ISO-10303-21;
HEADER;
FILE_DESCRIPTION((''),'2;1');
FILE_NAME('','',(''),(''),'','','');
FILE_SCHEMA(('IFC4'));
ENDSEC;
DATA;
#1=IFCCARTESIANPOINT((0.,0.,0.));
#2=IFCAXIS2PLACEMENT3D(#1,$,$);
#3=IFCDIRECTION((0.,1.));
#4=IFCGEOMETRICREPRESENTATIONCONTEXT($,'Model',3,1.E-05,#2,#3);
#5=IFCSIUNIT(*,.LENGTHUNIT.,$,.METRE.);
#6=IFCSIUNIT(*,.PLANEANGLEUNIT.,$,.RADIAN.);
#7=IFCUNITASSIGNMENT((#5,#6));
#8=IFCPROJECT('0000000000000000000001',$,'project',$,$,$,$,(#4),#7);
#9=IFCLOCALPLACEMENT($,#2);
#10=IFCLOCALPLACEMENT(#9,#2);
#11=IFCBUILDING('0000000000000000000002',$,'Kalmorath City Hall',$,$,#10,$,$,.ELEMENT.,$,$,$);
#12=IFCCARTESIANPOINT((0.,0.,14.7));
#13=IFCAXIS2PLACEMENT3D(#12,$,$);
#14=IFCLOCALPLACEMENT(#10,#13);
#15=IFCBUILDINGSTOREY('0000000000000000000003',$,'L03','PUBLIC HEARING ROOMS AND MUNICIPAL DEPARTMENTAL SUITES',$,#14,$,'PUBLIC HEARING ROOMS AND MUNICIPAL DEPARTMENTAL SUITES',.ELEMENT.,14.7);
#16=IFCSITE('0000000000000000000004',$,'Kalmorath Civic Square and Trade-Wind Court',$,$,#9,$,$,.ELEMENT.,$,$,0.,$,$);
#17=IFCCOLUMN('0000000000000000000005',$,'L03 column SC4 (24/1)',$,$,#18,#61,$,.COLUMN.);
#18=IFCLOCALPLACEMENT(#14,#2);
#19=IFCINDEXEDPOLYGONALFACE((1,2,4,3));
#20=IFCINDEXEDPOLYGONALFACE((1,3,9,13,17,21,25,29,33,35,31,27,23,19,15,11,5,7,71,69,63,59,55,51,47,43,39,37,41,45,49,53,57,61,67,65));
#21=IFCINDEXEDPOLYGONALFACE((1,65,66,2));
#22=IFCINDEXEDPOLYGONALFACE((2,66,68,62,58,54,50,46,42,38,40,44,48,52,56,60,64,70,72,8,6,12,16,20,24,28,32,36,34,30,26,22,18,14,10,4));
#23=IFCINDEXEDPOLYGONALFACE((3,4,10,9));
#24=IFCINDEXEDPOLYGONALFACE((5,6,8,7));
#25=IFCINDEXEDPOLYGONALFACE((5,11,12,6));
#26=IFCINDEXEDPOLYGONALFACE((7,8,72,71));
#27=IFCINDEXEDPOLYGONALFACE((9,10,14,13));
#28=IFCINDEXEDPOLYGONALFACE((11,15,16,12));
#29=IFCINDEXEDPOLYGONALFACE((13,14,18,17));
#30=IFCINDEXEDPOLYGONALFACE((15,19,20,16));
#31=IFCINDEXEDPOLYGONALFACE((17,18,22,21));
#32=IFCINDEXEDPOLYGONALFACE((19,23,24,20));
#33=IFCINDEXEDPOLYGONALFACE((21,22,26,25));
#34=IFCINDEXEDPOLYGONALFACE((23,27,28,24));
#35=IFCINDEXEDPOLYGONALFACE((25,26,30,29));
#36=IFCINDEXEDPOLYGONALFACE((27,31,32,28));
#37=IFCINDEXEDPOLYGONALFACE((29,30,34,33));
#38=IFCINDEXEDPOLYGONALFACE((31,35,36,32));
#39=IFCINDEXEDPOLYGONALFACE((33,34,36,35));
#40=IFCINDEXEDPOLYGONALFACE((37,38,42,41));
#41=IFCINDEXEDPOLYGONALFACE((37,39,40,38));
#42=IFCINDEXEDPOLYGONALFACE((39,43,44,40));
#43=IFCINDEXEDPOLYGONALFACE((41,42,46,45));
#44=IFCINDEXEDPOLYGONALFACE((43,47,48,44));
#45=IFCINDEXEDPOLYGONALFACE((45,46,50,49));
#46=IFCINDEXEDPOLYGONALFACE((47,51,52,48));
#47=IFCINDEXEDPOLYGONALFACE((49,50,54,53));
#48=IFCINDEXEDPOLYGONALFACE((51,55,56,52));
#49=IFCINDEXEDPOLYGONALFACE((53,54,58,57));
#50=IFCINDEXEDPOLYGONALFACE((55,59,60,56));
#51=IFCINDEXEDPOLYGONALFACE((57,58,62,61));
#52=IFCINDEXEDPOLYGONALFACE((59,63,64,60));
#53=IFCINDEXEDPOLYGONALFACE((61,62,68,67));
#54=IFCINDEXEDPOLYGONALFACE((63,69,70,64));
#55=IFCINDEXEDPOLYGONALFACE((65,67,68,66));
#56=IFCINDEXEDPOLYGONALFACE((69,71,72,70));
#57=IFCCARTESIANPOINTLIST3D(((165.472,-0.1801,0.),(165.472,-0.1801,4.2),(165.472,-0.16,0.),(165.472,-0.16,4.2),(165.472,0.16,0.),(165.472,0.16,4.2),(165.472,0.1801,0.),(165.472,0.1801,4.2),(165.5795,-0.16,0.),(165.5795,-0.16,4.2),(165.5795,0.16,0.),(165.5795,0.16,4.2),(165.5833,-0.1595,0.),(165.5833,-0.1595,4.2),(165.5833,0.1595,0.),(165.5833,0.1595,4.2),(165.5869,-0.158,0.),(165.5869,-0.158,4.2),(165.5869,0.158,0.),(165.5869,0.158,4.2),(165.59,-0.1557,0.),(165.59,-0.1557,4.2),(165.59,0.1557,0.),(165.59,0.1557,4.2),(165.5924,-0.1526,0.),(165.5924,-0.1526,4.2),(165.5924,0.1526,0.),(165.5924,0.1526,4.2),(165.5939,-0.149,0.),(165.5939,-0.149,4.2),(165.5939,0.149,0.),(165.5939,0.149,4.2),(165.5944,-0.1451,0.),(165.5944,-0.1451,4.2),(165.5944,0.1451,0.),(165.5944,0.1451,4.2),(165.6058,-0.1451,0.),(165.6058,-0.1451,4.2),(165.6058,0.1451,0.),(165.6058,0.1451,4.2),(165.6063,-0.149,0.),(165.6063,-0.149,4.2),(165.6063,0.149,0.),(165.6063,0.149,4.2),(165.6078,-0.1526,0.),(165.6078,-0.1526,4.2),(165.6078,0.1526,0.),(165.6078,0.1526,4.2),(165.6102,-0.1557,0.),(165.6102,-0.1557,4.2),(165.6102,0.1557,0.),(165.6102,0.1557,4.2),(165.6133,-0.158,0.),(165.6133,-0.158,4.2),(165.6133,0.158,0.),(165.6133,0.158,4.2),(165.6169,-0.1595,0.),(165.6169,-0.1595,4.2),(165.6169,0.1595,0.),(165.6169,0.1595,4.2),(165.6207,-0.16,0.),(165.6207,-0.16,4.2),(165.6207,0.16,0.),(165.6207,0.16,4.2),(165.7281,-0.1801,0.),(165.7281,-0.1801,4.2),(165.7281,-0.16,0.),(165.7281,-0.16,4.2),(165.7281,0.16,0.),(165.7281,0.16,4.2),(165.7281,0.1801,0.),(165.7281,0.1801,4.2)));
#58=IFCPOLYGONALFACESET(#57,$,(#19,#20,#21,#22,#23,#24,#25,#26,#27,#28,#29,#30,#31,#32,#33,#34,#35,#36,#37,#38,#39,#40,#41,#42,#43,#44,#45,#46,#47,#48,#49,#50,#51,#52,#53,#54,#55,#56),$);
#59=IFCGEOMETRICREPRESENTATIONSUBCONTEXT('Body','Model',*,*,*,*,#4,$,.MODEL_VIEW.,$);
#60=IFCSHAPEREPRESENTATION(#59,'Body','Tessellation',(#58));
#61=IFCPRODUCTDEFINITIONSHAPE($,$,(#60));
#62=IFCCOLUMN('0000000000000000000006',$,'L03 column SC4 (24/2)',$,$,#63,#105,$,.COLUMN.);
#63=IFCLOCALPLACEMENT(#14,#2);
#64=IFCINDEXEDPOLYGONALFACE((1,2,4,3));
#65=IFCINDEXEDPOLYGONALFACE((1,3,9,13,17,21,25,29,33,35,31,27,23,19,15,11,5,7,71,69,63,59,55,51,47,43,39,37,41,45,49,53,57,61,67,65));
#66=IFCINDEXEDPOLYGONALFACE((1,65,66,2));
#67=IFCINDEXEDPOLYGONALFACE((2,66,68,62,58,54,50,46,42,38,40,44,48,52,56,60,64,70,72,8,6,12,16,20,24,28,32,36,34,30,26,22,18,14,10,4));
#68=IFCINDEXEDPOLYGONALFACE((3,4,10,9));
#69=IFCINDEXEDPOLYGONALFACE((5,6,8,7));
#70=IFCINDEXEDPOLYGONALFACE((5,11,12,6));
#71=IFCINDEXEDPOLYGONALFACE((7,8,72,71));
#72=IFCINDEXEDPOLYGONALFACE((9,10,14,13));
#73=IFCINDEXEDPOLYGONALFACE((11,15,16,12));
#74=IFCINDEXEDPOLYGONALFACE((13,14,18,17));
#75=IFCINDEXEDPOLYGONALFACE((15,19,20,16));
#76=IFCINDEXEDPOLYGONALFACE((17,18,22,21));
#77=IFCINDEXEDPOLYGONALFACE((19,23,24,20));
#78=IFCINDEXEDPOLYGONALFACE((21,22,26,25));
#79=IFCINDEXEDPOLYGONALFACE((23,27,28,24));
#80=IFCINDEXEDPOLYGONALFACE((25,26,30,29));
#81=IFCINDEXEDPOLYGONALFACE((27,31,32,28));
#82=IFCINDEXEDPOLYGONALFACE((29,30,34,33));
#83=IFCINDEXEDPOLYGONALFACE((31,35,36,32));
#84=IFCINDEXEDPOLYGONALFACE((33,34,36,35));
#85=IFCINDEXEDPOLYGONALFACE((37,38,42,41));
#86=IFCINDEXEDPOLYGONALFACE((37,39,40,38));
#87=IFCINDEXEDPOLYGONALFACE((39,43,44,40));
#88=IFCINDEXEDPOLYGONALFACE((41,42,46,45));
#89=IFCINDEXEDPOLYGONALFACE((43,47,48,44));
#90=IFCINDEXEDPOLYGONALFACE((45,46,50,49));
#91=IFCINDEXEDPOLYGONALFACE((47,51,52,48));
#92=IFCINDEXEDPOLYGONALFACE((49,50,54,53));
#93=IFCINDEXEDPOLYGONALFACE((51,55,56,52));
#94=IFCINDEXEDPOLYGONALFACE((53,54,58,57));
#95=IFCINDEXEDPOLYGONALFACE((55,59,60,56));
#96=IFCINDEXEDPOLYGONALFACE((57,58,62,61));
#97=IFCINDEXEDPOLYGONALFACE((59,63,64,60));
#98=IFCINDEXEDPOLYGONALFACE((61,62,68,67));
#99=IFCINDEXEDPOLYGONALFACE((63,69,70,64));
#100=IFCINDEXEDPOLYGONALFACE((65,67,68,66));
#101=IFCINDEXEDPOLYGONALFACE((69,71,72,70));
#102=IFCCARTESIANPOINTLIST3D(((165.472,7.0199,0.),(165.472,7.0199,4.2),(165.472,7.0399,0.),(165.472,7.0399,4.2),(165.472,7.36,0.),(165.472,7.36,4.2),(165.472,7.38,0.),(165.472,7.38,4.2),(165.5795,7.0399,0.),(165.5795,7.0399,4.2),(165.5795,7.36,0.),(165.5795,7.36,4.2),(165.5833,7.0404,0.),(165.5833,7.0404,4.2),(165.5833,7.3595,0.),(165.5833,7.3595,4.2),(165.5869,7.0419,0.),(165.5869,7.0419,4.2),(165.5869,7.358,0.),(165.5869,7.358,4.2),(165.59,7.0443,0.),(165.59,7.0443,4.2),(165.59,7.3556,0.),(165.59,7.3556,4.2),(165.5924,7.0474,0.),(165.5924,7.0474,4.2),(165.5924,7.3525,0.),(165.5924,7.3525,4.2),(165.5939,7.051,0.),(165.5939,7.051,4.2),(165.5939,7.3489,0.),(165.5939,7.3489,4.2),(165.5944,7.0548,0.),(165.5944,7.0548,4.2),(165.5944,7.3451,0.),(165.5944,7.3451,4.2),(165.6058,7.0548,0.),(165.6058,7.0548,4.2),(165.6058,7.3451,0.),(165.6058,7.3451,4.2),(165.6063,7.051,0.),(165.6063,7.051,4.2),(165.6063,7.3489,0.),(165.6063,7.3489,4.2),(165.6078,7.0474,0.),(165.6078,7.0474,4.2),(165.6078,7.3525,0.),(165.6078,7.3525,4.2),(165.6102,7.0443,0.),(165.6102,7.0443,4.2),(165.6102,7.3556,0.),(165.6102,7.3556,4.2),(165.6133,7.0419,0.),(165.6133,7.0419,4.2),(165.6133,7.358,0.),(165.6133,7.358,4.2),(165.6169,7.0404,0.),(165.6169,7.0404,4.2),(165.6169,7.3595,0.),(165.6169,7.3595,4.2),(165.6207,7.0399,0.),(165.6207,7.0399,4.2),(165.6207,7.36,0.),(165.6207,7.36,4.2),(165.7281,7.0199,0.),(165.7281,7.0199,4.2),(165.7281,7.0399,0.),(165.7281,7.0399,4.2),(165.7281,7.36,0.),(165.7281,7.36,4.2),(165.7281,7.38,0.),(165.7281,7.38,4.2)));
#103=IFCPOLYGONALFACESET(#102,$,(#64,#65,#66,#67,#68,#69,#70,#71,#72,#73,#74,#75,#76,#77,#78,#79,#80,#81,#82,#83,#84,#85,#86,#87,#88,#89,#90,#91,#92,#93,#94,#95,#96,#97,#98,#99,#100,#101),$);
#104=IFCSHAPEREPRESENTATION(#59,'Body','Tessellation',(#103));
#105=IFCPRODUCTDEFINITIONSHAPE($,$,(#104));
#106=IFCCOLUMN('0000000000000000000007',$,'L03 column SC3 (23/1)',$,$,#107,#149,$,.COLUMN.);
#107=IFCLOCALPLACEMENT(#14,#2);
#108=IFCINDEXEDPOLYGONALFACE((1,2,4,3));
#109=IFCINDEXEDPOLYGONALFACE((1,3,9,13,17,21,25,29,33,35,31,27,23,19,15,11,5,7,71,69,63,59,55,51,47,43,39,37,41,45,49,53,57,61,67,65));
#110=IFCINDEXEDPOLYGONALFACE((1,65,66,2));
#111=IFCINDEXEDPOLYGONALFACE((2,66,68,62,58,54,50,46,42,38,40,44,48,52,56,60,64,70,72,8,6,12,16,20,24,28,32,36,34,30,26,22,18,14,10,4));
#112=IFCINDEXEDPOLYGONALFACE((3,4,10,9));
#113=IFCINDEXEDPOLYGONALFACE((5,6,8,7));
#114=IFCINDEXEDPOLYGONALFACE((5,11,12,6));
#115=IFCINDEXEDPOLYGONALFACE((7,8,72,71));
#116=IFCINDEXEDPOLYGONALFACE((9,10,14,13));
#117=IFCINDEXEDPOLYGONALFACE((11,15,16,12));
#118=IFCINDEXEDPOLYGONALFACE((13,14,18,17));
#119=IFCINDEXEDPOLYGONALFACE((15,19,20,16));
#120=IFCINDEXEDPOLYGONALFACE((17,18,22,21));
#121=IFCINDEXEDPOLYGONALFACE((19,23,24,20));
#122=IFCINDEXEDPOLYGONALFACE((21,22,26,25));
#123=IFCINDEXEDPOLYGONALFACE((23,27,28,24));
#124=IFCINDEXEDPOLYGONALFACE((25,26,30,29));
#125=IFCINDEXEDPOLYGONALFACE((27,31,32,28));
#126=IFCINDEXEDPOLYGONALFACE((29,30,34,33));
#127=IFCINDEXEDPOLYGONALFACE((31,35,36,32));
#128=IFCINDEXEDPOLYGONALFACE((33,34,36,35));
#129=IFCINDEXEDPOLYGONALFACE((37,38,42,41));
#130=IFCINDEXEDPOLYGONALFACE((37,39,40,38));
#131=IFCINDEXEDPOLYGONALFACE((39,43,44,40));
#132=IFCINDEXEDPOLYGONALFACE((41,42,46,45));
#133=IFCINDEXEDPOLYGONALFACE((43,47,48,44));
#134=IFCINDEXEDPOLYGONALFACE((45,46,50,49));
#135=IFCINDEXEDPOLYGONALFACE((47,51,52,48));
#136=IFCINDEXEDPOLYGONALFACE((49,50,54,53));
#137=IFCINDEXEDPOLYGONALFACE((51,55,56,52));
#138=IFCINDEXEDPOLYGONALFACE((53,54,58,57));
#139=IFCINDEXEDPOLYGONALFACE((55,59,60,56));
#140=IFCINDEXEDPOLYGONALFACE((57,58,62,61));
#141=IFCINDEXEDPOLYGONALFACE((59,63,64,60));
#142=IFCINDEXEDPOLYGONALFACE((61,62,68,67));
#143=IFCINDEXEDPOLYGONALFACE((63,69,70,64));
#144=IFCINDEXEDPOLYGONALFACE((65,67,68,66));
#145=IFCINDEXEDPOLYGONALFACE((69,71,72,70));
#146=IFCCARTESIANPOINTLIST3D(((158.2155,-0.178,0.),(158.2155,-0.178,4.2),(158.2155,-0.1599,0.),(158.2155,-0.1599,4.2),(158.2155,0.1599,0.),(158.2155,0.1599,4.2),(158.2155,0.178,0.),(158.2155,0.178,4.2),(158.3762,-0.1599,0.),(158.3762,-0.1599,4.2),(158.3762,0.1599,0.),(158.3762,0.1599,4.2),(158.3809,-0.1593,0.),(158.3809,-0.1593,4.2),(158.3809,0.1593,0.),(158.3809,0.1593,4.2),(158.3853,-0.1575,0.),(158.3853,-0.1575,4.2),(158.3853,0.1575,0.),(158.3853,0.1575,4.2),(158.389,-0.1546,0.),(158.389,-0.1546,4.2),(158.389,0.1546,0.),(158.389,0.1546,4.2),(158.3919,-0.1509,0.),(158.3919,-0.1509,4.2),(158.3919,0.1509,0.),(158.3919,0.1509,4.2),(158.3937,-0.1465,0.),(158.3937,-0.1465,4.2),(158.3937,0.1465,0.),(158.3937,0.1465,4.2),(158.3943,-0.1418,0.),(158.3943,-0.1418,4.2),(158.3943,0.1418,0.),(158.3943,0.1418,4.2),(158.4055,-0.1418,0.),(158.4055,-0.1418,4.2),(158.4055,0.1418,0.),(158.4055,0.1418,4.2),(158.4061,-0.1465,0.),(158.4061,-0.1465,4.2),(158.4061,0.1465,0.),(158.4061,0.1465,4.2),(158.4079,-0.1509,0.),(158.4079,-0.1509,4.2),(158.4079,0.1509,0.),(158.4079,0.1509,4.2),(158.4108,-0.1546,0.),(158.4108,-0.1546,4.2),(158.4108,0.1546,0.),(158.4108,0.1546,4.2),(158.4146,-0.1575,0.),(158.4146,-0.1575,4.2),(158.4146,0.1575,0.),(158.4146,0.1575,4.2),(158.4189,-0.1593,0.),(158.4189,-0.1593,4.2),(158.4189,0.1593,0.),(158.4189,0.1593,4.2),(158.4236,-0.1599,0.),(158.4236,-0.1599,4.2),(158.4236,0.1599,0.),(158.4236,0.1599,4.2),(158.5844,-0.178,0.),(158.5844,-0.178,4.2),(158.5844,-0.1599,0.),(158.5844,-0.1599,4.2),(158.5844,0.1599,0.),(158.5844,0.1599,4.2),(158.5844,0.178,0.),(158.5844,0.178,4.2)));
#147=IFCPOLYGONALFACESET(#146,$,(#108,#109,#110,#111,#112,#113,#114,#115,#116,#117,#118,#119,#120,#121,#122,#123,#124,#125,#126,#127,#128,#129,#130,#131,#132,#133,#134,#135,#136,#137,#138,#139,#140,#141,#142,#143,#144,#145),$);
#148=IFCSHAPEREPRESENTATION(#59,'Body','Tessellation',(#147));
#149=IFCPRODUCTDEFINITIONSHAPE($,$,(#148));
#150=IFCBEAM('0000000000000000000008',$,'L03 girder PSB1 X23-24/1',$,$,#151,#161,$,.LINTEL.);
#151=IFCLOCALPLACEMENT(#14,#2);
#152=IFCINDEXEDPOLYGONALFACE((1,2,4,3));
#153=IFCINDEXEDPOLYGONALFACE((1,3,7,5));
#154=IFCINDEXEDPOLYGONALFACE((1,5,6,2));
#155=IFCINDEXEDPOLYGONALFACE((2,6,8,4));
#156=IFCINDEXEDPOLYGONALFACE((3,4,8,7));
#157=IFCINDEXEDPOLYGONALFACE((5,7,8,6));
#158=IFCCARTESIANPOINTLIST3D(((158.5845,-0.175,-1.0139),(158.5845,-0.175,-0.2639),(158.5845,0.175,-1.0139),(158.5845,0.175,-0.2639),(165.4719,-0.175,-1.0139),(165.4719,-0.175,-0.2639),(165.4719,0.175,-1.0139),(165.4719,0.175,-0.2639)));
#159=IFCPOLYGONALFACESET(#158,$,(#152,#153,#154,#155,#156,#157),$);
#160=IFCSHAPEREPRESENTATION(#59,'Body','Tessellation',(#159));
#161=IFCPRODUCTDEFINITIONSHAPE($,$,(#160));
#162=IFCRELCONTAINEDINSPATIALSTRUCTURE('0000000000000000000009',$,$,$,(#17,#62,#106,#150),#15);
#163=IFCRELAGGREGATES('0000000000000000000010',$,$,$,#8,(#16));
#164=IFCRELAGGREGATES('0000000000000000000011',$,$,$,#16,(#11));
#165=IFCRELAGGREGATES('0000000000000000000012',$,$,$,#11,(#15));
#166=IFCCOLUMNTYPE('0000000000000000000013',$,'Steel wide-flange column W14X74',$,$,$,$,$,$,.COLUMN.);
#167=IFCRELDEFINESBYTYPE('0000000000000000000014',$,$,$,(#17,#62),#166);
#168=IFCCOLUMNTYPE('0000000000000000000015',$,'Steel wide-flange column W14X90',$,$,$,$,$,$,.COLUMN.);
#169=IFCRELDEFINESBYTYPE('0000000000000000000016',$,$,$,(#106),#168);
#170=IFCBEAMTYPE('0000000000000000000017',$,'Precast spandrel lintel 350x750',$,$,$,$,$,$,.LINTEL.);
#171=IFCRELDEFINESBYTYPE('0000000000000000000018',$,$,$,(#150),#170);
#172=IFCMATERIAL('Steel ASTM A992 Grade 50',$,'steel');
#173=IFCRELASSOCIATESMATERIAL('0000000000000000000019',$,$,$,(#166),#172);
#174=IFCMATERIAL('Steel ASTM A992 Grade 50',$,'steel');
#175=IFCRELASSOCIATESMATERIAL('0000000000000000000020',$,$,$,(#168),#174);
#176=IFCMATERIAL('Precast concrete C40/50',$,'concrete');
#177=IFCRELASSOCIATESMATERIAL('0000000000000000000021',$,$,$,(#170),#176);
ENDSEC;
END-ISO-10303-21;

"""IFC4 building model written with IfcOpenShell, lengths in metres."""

from ifc_helpers import new_model, si_unit, direction, frame, origin, origin_2d, place, context, subcontext, project, spatial, rectangle, i_section, extrude, material, material_profile, profile_set, type_object, element, save


model = new_model("IFC4")

# Units and contexts
model_context = context("Model", 3, precision=1e-05, world=origin(), true_north=direction((0.0, 1.0)))
body_context = subcontext(model_context, "Body", "Model", "MODEL_VIEW")
ifc_project = project(units=[si_unit("LENGTHUNIT", "METRE"), si_unit("PLANEANGLEUNIT", "RADIAN")], contexts=[model_context])

# Site, building, storey
site_placement = place(None, origin())
site = spatial("IfcSite", under=ifc_project, at=site_placement, Name="Kalmorath Civic Square and Trade-Wind Court", CompositionType="ELEMENT", RefElevation=0.0)
building_placement = place(site_placement, origin())
building = spatial("IfcBuilding", under=site, at=building_placement, Name="Kalmorath City Hall", CompositionType="ELEMENT")
storey_placement = place(building_placement, frame((0.0, 0.0, 14.7)))
storey = spatial("IfcBuildingStorey", under=building, at=storey_placement, Name="L03", Description="PUBLIC HEARING ROOMS AND MUNICIPAL DEPARTMENTAL SUITES", LongName="PUBLIC HEARING ROOMS AND MUNICIPAL DEPARTMENTAL SUITES", CompositionType="ELEMENT", Elevation=14.7)

# Columns
ifc_material_1 = material(Name="Steel ASTM A992 Grade 50", Category="steel")
ifc_material_profile_1 = material_profile(ifc_material_1, i_section(OverallWidth=0.2561, OverallDepth=0.3601, WebThickness=0.0115, FlangeThickness=0.02, FilletRadius=0.0149, at=origin_2d()), Name="W14X74")
ifc_profile_set_1 = profile_set([ifc_material_profile_1], Name="Steel ASTM A992 Grade 50")
column_type_1 = type_object("IfcColumnType", Name="Steel wide-flange column W14X74", PredefinedType="COLUMN", material=ifc_profile_set_1)
for number, where, z_axis, x_axis, name in (
    (1, (165.6001, 0.0, 0.0), (0.0, 0.0, 1.0), (1.0, 0.0, 0.0), "L03 column SC4 (24/1)"),
    (2, (165.6001, 7.2, 0.0), (0.0, 0.0, 1.0), (1.0, 0.0, 0.0), "L03 column SC4 (24/2)"),
):
    element("IfcColumn", number, at=place(storey_placement, frame(where, z_axis=z_axis, x_axis=x_axis)), inside=storey, type_object=column_type_1, Name=name, PredefinedType="COLUMN", context=body_context, shape_type="SweptSolid", body=[
        extrude(i_section(OverallWidth=0.2561, OverallDepth=0.3601, WebThickness=0.0115, FlangeThickness=0.02, FilletRadius=0.0149, at=origin_2d()), origin(), (0.0, 0.0, 1.0), 4.2),
    ])
ifc_material_2 = material(Name="Steel ASTM A992 Grade 50", Category="steel")
ifc_material_profile_2 = material_profile(ifc_material_2, i_section(OverallWidth=0.3689, OverallDepth=0.356, WebThickness=0.0112, FlangeThickness=0.0181, FilletRadius=0.0181, at=origin_2d()), Name="W14X90")
ifc_profile_set_2 = profile_set([ifc_material_profile_2], Name="Steel ASTM A992 Grade 50")
column_type_2 = type_object("IfcColumnType", Name="Steel wide-flange column W14X90", PredefinedType="COLUMN", material=ifc_profile_set_2)
column_placement = place(storey_placement, frame((158.3999, 0.0, 0.0), z_axis=(0.0, 0.0, 1.0), x_axis=(1.0, 0.0, 0.0)))
element("IfcColumn", 3, at=column_placement, inside=storey, type_object=column_type_2, Name="L03 column SC3 (23/1)", PredefinedType="COLUMN", context=body_context, shape_type="SweptSolid", body=[
    extrude(i_section(OverallWidth=0.3689, OverallDepth=0.356, WebThickness=0.0112, FlangeThickness=0.0181, FilletRadius=0.0181, at=origin_2d()), origin(), (0.0, 0.0, 1.0), 4.2),
])

# Beam
ifc_material_3 = material(Name="Precast concrete C40/50", Category="concrete")
ifc_material_profile_3 = material_profile(ifc_material_3, rectangle(XDim=0.3501, YDim=0.75, at=origin_2d()), Name="PC-SP-350X750")
ifc_profile_set_3 = profile_set([ifc_material_profile_3], Name="Precast concrete C40/50")
beam_type_1 = type_object("IfcBeamType", Name="Precast spandrel lintel 350x750", PredefinedType="LINTEL", material=ifc_profile_set_3)
beam_placement = place(storey_placement, frame((158.5845, 0.0, -0.6389), z_axis=(1.0, 0.0, 0.0), x_axis=(0.0, 1.0, 0.0)))
element("IfcBeam", 4, at=beam_placement, inside=storey, type_object=beam_type_1, Name="L03 girder PSB1 X23-24/1", PredefinedType="LINTEL", context=body_context, shape_type="SweptSolid", body=[
    extrude(rectangle(XDim=0.3501, YDim=0.75, at=origin_2d()), origin(), (0.0, 0.0, 1.0), 6.8875),
])

save(model, "model.ifc")
